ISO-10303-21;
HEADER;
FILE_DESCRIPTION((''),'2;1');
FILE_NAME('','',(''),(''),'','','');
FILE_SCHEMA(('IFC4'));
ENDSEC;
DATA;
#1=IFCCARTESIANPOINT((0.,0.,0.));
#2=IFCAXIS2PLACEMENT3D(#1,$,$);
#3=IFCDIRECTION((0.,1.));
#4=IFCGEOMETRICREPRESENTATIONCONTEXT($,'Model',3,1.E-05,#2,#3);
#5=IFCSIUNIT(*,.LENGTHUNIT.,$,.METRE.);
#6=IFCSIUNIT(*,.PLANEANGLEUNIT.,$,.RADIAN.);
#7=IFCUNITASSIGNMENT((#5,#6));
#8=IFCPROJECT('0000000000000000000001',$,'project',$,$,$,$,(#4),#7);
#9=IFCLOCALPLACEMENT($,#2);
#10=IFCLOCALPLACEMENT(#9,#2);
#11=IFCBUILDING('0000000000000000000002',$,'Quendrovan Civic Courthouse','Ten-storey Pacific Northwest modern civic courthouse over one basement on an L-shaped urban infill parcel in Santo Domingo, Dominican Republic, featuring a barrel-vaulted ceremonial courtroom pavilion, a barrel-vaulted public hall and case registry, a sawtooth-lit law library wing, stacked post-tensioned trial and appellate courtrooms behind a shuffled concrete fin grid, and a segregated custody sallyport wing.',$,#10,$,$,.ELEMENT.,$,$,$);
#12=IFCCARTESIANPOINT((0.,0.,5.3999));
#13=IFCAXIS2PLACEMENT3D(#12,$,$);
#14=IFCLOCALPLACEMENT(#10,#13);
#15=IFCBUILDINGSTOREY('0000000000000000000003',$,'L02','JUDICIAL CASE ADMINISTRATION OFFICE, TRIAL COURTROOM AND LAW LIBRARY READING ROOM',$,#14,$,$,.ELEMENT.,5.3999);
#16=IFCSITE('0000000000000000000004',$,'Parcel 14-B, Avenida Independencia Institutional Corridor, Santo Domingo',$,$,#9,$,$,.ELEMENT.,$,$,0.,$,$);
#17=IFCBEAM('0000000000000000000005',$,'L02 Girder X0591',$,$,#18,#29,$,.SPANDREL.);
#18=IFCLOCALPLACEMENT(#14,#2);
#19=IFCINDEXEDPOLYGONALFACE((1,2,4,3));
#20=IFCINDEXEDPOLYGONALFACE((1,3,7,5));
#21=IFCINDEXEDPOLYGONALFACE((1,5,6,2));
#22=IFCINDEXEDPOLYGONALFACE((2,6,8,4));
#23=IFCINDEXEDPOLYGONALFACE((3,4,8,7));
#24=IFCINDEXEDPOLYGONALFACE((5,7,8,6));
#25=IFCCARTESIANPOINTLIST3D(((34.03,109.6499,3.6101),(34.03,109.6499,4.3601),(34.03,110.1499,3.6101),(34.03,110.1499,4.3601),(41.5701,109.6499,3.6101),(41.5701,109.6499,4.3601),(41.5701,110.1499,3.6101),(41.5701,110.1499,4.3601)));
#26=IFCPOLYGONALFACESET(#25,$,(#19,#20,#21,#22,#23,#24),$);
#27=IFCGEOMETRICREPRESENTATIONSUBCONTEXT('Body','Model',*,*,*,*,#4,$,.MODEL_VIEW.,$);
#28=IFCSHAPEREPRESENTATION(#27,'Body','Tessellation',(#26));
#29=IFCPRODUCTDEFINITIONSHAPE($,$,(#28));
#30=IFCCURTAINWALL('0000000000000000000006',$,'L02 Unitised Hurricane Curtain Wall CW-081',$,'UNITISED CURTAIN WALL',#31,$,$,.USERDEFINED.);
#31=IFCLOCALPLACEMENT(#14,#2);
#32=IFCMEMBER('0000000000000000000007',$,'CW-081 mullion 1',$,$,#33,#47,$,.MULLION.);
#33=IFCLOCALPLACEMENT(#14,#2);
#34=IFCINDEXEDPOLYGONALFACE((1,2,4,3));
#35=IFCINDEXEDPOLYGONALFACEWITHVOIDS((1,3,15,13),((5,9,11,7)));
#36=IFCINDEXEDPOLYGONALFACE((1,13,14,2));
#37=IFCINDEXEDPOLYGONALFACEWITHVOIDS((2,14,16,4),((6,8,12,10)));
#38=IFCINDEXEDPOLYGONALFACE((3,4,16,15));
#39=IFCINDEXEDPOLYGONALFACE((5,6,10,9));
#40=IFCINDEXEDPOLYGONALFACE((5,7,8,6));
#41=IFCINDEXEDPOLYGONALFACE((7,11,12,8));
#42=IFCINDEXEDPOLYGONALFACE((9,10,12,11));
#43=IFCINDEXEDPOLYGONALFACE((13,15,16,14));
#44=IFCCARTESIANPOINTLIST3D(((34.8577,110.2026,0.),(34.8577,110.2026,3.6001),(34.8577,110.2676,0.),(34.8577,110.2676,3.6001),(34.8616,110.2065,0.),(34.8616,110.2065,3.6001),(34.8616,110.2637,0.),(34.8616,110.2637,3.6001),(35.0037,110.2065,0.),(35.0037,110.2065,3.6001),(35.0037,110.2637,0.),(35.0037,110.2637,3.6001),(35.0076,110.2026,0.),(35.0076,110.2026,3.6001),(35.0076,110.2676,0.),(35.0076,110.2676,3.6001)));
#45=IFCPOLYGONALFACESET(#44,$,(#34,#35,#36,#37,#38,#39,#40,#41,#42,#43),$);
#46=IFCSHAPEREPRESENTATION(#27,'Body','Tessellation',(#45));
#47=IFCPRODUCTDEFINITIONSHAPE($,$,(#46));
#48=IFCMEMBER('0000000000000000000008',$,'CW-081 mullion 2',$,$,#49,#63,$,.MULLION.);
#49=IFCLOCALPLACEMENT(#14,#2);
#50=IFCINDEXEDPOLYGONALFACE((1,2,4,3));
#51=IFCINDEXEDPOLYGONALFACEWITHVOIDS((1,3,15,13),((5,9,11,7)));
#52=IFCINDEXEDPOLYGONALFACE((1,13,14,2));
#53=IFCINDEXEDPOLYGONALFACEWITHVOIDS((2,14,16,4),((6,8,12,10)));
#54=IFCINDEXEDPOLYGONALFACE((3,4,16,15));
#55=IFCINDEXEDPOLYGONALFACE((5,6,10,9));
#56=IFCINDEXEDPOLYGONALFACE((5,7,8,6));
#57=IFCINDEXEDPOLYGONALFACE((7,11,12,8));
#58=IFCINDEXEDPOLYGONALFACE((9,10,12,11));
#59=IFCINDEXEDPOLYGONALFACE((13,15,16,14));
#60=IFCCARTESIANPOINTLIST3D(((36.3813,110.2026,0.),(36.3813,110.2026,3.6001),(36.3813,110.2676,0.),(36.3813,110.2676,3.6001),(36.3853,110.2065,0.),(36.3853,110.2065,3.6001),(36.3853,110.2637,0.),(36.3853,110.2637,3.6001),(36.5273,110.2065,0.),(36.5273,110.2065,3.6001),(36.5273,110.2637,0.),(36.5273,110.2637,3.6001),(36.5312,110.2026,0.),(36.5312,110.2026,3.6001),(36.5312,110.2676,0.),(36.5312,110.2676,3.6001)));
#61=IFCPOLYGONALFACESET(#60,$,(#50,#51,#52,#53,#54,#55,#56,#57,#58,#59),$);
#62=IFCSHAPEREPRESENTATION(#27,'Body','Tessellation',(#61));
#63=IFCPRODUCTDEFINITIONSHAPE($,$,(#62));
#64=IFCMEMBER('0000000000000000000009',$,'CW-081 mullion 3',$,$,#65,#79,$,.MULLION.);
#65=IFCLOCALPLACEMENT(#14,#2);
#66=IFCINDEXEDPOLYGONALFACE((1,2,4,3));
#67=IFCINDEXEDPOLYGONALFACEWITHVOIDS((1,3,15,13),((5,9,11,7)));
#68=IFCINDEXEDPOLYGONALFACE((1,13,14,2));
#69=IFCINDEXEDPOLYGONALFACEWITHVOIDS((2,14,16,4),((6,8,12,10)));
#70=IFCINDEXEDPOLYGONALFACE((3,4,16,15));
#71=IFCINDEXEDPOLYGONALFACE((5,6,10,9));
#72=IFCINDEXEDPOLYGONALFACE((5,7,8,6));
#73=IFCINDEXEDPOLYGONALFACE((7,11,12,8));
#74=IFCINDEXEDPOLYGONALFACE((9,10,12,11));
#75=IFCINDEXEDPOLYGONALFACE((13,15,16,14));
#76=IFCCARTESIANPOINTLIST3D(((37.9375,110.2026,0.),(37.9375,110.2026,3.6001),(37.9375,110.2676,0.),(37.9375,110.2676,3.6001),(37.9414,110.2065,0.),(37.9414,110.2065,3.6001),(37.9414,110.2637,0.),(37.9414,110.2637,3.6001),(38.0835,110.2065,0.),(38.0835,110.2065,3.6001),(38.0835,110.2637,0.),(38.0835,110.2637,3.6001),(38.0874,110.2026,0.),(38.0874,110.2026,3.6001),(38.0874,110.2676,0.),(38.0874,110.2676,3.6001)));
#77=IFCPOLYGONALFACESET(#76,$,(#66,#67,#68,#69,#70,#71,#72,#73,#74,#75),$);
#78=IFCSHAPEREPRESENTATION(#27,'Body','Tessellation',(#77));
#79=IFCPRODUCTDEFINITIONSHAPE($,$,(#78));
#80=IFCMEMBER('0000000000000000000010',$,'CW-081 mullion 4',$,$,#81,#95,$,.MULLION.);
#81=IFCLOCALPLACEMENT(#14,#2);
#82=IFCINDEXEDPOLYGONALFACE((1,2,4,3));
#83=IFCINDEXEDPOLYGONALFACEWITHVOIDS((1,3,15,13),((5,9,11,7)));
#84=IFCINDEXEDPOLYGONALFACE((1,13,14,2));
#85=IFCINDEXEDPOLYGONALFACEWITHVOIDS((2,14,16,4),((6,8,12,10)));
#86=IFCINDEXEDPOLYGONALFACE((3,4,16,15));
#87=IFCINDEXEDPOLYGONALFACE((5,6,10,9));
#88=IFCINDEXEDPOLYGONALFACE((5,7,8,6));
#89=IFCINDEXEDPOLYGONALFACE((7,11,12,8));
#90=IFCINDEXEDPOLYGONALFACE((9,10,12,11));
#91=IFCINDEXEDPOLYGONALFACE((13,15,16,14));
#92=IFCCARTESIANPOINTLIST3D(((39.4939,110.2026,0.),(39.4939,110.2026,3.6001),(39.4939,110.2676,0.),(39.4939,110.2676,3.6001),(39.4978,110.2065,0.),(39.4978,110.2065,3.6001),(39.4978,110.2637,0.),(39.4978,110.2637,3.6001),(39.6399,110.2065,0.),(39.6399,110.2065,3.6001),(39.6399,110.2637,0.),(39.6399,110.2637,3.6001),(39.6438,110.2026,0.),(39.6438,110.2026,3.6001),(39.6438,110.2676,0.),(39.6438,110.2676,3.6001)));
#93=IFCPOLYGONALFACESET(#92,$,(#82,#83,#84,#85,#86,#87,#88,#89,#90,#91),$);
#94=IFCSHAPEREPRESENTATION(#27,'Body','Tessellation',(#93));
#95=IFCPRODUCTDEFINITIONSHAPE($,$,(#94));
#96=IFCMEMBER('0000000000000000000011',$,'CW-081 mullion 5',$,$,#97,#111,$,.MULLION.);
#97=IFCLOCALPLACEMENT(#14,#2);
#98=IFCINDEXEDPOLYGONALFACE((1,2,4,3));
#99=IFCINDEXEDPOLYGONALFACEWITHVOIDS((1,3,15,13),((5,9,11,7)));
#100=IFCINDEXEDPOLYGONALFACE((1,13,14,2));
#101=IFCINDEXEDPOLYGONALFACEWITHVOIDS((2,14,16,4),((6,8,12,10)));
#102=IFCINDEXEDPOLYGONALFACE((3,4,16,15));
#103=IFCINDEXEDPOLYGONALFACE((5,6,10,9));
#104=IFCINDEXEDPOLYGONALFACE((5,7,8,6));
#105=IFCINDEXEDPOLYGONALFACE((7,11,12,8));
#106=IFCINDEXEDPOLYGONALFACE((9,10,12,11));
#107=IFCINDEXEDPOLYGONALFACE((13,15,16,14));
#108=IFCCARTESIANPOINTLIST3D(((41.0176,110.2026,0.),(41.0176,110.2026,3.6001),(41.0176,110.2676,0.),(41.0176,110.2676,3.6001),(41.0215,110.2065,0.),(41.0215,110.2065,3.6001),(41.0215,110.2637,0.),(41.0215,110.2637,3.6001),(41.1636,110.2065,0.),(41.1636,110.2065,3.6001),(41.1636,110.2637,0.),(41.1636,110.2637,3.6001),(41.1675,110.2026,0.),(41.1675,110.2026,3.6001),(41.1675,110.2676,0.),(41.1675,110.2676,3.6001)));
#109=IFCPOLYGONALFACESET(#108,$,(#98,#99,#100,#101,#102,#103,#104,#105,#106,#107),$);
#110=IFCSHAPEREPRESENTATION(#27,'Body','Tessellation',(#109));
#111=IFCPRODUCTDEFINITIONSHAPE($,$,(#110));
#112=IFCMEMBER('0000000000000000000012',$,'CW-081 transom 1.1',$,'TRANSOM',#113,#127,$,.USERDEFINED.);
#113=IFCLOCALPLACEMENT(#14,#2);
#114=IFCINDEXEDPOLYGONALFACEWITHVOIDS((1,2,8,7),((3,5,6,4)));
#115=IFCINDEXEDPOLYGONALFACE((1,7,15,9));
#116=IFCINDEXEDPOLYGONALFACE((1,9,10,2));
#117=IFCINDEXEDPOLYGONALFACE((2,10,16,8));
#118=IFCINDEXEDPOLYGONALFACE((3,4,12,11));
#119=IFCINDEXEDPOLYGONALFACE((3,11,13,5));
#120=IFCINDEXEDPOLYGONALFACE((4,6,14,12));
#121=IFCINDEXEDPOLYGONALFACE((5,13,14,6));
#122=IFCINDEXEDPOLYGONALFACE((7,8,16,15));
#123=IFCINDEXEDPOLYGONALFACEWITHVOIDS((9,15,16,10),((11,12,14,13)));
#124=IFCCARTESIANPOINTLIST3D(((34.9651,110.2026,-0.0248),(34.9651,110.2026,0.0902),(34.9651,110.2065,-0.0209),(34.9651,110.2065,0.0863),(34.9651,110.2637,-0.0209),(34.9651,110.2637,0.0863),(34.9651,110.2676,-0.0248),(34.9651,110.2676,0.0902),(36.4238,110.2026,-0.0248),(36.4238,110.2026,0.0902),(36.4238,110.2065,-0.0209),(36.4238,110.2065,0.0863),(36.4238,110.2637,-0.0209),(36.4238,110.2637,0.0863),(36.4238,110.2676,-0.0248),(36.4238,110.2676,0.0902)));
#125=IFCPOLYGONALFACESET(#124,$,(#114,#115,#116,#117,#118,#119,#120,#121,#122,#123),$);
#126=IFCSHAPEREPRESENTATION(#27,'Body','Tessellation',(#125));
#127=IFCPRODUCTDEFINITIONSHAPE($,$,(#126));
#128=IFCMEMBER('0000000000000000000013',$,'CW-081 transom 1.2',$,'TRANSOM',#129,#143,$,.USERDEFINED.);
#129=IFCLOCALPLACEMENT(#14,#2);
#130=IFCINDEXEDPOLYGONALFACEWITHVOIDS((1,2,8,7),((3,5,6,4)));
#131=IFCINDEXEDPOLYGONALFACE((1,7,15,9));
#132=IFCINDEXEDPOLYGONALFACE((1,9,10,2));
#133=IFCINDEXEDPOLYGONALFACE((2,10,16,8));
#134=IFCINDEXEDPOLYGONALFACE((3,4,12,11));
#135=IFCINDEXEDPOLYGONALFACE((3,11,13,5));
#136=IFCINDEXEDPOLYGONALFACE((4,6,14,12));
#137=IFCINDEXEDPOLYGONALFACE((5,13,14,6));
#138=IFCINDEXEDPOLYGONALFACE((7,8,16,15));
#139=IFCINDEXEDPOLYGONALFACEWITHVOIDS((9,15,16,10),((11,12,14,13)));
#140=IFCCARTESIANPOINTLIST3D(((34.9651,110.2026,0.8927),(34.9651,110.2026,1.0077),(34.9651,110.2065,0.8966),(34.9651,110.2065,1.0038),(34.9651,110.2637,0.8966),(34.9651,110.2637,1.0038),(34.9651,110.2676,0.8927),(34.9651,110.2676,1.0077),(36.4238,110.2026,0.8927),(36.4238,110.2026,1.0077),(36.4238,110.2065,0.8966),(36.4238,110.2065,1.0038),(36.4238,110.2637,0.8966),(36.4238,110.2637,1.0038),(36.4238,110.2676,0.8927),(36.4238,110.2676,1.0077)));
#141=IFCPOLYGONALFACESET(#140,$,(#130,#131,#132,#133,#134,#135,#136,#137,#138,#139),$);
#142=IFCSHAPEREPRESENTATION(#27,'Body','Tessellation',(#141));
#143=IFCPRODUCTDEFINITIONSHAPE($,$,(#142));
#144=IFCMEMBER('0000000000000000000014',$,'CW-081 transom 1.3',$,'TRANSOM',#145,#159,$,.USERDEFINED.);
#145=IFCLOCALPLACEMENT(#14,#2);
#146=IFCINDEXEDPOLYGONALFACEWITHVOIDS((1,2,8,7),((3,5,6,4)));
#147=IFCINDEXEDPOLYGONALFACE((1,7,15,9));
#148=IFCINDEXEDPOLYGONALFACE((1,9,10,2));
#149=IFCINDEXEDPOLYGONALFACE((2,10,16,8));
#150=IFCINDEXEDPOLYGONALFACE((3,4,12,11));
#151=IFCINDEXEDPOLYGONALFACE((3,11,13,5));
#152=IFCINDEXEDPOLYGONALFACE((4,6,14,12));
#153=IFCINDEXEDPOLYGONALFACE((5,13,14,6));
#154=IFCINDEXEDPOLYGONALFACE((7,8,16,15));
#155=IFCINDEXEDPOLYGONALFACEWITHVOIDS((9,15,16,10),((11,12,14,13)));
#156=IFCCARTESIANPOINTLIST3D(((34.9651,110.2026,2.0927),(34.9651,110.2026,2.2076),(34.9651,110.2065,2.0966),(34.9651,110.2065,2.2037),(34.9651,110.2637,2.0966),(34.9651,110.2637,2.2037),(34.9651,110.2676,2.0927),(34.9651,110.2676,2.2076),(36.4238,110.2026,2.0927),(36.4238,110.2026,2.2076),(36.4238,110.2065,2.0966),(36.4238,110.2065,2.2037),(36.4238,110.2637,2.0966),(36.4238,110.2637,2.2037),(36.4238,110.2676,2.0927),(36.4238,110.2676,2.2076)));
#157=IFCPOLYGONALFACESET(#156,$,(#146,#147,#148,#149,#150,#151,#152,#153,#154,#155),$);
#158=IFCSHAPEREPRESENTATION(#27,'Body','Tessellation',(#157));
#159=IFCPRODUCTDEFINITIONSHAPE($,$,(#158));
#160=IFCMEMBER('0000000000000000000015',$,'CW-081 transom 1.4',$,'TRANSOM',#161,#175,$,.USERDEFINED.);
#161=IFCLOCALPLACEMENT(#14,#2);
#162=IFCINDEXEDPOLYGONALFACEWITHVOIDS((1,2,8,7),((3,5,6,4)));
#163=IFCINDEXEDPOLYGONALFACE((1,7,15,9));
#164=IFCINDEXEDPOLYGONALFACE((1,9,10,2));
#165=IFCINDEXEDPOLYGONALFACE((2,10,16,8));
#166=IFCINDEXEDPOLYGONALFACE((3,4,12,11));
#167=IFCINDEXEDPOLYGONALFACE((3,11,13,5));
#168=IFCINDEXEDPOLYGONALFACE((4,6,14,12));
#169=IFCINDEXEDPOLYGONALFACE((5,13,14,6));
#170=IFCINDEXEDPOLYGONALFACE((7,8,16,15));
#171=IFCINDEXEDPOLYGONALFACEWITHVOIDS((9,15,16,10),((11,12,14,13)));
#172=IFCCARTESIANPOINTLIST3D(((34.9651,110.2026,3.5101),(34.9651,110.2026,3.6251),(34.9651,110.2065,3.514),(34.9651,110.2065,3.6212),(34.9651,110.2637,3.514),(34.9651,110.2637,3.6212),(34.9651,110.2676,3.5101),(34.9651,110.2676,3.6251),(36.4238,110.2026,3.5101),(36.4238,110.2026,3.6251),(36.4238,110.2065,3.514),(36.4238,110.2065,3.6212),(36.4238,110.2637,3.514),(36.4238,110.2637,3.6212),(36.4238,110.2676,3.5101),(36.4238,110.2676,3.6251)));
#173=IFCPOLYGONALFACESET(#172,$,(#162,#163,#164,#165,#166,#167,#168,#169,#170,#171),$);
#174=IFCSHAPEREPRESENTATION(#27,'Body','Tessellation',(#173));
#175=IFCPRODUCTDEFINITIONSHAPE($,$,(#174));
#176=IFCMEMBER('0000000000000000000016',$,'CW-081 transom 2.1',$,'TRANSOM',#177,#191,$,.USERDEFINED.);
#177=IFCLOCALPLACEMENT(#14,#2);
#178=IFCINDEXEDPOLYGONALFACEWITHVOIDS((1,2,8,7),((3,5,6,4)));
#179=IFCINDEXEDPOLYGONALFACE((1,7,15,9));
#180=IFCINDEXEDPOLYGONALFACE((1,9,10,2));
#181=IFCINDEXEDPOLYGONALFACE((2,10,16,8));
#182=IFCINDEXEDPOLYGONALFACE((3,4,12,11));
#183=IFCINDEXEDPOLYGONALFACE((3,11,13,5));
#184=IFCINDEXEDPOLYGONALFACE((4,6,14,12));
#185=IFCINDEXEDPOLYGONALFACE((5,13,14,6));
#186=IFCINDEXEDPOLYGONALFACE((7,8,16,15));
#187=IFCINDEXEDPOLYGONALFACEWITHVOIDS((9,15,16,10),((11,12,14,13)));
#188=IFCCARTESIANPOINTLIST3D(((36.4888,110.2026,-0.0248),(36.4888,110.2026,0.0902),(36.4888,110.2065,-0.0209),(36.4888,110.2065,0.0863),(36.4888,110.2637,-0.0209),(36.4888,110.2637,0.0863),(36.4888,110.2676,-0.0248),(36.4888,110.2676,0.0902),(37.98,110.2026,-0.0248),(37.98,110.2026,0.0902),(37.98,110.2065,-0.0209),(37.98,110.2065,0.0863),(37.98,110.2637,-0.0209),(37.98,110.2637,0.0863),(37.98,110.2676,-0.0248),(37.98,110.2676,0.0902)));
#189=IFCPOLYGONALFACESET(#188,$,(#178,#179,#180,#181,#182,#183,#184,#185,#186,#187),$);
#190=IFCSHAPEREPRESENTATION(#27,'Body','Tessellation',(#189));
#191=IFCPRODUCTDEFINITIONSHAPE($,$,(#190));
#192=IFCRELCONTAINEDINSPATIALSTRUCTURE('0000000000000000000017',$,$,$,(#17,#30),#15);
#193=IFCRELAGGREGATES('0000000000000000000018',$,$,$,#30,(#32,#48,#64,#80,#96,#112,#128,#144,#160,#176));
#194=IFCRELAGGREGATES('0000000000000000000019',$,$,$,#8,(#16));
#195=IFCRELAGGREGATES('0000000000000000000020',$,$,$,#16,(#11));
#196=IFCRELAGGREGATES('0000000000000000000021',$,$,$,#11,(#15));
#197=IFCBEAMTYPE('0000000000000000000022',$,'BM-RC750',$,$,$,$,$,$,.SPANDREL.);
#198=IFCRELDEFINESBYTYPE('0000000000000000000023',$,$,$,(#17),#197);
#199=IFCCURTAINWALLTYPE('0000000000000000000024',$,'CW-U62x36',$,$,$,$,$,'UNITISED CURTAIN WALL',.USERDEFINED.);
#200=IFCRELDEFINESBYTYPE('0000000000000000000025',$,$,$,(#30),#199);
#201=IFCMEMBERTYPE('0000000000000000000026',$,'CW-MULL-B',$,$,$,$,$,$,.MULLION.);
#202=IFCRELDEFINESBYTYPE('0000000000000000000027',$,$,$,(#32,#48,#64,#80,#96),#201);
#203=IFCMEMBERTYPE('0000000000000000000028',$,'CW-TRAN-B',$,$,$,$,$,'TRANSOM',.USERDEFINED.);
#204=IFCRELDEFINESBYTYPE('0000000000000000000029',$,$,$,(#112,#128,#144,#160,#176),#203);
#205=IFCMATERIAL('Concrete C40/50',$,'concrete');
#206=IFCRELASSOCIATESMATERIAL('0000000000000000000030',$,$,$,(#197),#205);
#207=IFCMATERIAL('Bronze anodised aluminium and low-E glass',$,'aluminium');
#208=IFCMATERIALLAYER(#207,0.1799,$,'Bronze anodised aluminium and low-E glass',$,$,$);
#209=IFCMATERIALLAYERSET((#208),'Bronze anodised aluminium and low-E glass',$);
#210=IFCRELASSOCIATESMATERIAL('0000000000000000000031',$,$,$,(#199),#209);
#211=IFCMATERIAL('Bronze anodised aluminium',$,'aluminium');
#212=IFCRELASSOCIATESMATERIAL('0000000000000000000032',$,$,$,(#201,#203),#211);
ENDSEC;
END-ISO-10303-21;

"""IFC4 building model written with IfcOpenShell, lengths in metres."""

from ifc_helpers import new_model, si_unit, direction, frame, origin, origin_2d, place, context, subcontext, project, spatial, rectangle, hollow_rectangle, extrude, material, layer, layer_set, material_profile, profile_set, type_object, element, aggregate, save


model = new_model("IFC4")

# Units and contexts
model_context = context("Model", 3, precision=1e-05, world=origin(), true_north=direction((0.0, 1.0)))
body_context = subcontext(model_context, "Body", "Model", "MODEL_VIEW")
ifc_project = project(units=[si_unit("LENGTHUNIT", "METRE"), si_unit("PLANEANGLEUNIT", "RADIAN")], contexts=[model_context])

# Site, building, storey
site_placement = place(None, origin())
site = spatial("IfcSite", under=ifc_project, at=site_placement, Name="Parcel 14-B, Avenida Independencia Institutional Corridor, Santo Domingo", CompositionType="ELEMENT", RefElevation=0.0)
building_placement = place(site_placement, origin())
building = spatial("IfcBuilding", under=site, at=building_placement, Name="Quendrovan Civic Courthouse", Description="Ten-storey Pacific Northwest modern civic courthouse over one basement on an L-shaped urban infill parcel in Santo Domingo, Dominican Republic, featuring a barrel-vaulted ceremonial courtroom pavilion, a barrel-vaulted public hall and case registry, a sawtooth-lit law library wing, stacked post-tensioned trial and appellate courtrooms behind a shuffled concrete fin grid, and a segregated custody sallyport wing.", CompositionType="ELEMENT")
storey_placement = place(building_placement, frame((0.0, 0.0, 5.3999)))
storey = spatial("IfcBuildingStorey", under=building, at=storey_placement, Name="L02", Description="JUDICIAL CASE ADMINISTRATION OFFICE, TRIAL COURTROOM AND LAW LIBRARY READING ROOM", CompositionType="ELEMENT", Elevation=5.3999)

# Beam
ifc_material_1 = material(Name="Concrete C40/50", Category="concrete")
ifc_material_profile_1 = material_profile(ifc_material_1, rectangle(XDim=0.5, YDim=0.75, at=origin_2d()), Name="RC-BM-500x750")
ifc_profile_set_1 = profile_set([ifc_material_profile_1], Name="Concrete C40/50")
beam_type = type_object("IfcBeamType", Name="BM-RC750", PredefinedType="SPANDREL", material=ifc_profile_set_1)
beam_placement = place(storey_placement, frame((34.03, 109.8999, 3.9851), z_axis=(1.0, 0.0, 0.0), x_axis=(0.0, 1.0, 0.0)))
element("IfcBeam", 1, at=beam_placement, inside=storey, type_object=beam_type, Name="L02 Girder X0591", PredefinedType="SPANDREL", context=body_context, shape_type="SweptSolid", body=[
    extrude(rectangle(XDim=0.5, YDim=0.75, at=origin_2d()), origin(), (0.0, 0.0, 1.0), 7.54),
])

# Curtain wall, members
ifc_material_2 = material(Name="Bronze anodised aluminium and low-E glass", Category="aluminium")
ifc_layer_1 = layer(ifc_material_2, 0.1799, Name="Bronze anodised aluminium and low-E glass")
ifc_layer_set_1 = layer_set([ifc_layer_1], Name="Bronze anodised aluminium and low-E glass")
curtain_wall_type = type_object("IfcCurtainWallType", Name="CW-U62x36", ElementType="UNITISED CURTAIN WALL", PredefinedType="USERDEFINED", material=ifc_layer_set_1)
curtain_wall_placement = place(storey_placement, origin())
curtain_wall = element("IfcCurtainWall", 2, at=curtain_wall_placement, inside=storey, type_object=curtain_wall_type, Name="L02 Unitised Hurricane Curtain Wall CW-081", ObjectType="UNITISED CURTAIN WALL", PredefinedType="USERDEFINED")
ifc_material_3 = material(Name="Bronze anodised aluminium", Category="aluminium")
ifc_material_profile_2 = material_profile(ifc_material_3, hollow_rectangle(XDim=0.0649, YDim=0.1499, WallThickness=0.0039, at=origin_2d()), Name="CW-MULL-65x150")
ifc_profile_set_2 = profile_set([ifc_material_profile_2], Name="Bronze anodised aluminium")
member_type_1 = type_object("IfcMemberType", Name="CW-MULL-B", PredefinedType="MULLION", material=ifc_profile_set_2)
member_1_placement = place(storey_placement, frame((34.9326, 110.2351, 0.0), z_axis=(0.0, 0.0, 1.0), x_axis=(0.0, 1.0, 0.0)))
member_1 = element("IfcMember", 3, at=member_1_placement, type_object=member_type_1, Name="CW-081 mullion 1", PredefinedType="MULLION", context=body_context, shape_type="SweptSolid", body=[
    extrude(hollow_rectangle(XDim=0.0649, YDim=0.1499, WallThickness=0.0039, at=origin_2d()), origin(), (0.0, 0.0, 1.0), 3.6001),
])
member_2_placement = place(storey_placement, frame((36.4563, 110.2351, 0.0), z_axis=(0.0, 0.0, 1.0), x_axis=(0.0, 1.0, 0.0)))
member_2 = element("IfcMember", 4, at=member_2_placement, type_object=member_type_1, Name="CW-081 mullion 2", PredefinedType="MULLION", context=body_context, shape_type="SweptSolid", body=[
    extrude(hollow_rectangle(XDim=0.0649, YDim=0.1499, WallThickness=0.0039, at=origin_2d()), origin(), (0.0, 0.0, 1.0), 3.6001),
])
member_3_placement = place(storey_placement, frame((38.0125, 110.2351, 0.0), z_axis=(0.0, 0.0, 1.0), x_axis=(0.0, 1.0, 0.0)))
member_3 = element("IfcMember", 5, at=member_3_placement, type_object=member_type_1, Name="CW-081 mullion 3", PredefinedType="MULLION", context=body_context, shape_type="SweptSolid", body=[
    extrude(hollow_rectangle(XDim=0.0649, YDim=0.1499, WallThickness=0.0039, at=origin_2d()), origin(), (0.0, 0.0, 1.0), 3.6001),
])
member_4_placement = place(storey_placement, frame((39.5688, 110.2351, 0.0), z_axis=(0.0, 0.0, 1.0), x_axis=(0.0, 1.0, 0.0)))
member_4 = element("IfcMember", 6, at=member_4_placement, type_object=member_type_1, Name="CW-081 mullion 4", PredefinedType="MULLION", context=body_context, shape_type="SweptSolid", body=[
    extrude(hollow_rectangle(XDim=0.0649, YDim=0.1499, WallThickness=0.0039, at=origin_2d()), origin(), (0.0, 0.0, 1.0), 3.6001),
])
member_5_placement = place(storey_placement, frame((41.0925, 110.2351, 0.0), z_axis=(0.0, 0.0, 1.0), x_axis=(0.0, 1.0, 0.0)))
member_5 = element("IfcMember", 7, at=member_5_placement, type_object=member_type_1, Name="CW-081 mullion 5", PredefinedType="MULLION", context=body_context, shape_type="SweptSolid", body=[
    extrude(hollow_rectangle(XDim=0.0649, YDim=0.1499, WallThickness=0.0039, at=origin_2d()), origin(), (0.0, 0.0, 1.0), 3.6001),
])
ifc_material_profile_3 = material_profile(ifc_material_3, hollow_rectangle(XDim=0.0649, YDim=0.115, WallThickness=0.0039, at=origin_2d()), Name="CW-TRAN-65x115")
ifc_profile_set_3 = profile_set([ifc_material_profile_3], Name="Bronze anodised aluminium")
member_type_2 = type_object("IfcMemberType", Name="CW-TRAN-B", ElementType="TRANSOM", PredefinedType="USERDEFINED", material=ifc_profile_set_3)
member_6_placement = place(storey_placement, frame((34.9651, 110.2351, 0.0327), z_axis=(1.0, 0.0, 0.0), x_axis=(0.0, 1.0, 0.0)))
member_6 = element("IfcMember", 8, at=member_6_placement, type_object=member_type_2, Name="CW-081 transom 1.1", ObjectType="TRANSOM", PredefinedType="USERDEFINED", context=body_context, shape_type="SweptSolid", body=[
    extrude(hollow_rectangle(XDim=0.0649, YDim=0.115, WallThickness=0.0039, at=origin_2d()), origin(), (0.0, 0.0, 1.0), 1.4587),
])
member_7_placement = place(storey_placement, frame((34.9651, 110.2351, 0.9502), z_axis=(1.0, 0.0, 0.0), x_axis=(0.0, 1.0, 0.0)))
member_7 = element("IfcMember", 9, at=member_7_placement, type_object=member_type_2, Name="CW-081 transom 1.2", ObjectType="TRANSOM", PredefinedType="USERDEFINED", context=body_context, shape_type="SweptSolid", body=[
    extrude(hollow_rectangle(XDim=0.0649, YDim=0.115, WallThickness=0.0039, at=origin_2d()), origin(), (0.0, 0.0, 1.0), 1.4587),
])
member_8_placement = place(storey_placement, frame((34.9651, 110.2351, 2.1501), z_axis=(1.0, 0.0, 0.0), x_axis=(0.0, 1.0, 0.0)))
member_8 = element("IfcMember", 10, at=member_8_placement, type_object=member_type_2, Name="CW-081 transom 1.3", ObjectType="TRANSOM", PredefinedType="USERDEFINED", context=body_context, shape_type="SweptSolid", body=[
    extrude(hollow_rectangle(XDim=0.0649, YDim=0.115, WallThickness=0.0039, at=origin_2d()), origin(), (0.0, 0.0, 1.0), 1.4587),
])
member_9_placement = place(storey_placement, frame((34.9651, 110.2351, 3.5676), z_axis=(1.0, 0.0, 0.0), x_axis=(0.0, 1.0, 0.0)))
member_9 = element("IfcMember", 11, at=member_9_placement, type_object=member_type_2, Name="CW-081 transom 1.4", ObjectType="TRANSOM", PredefinedType="USERDEFINED", context=body_context, shape_type="SweptSolid", body=[
    extrude(hollow_rectangle(XDim=0.0649, YDim=0.115, WallThickness=0.0039, at=origin_2d()), origin(), (0.0, 0.0, 1.0), 1.4587),
])
member_10_placement = place(storey_placement, frame((36.4888, 110.2351, 0.0327), z_axis=(1.0, 0.0, 0.0), x_axis=(0.0, 1.0, 0.0)))
member_10 = element("IfcMember", 12, at=member_10_placement, type_object=member_type_2, Name="CW-081 transom 2.1", ObjectType="TRANSOM", PredefinedType="USERDEFINED", context=body_context, shape_type="SweptSolid", body=[
    extrude(hollow_rectangle(XDim=0.0649, YDim=0.115, WallThickness=0.0039, at=origin_2d()), origin(), (0.0, 0.0, 1.0), 1.4912),
])
aggregate(curtain_wall, [member_1, member_2, member_3, member_4, member_5, member_6, member_7, member_8, member_9, member_10])

save(model, "model.ifc")
